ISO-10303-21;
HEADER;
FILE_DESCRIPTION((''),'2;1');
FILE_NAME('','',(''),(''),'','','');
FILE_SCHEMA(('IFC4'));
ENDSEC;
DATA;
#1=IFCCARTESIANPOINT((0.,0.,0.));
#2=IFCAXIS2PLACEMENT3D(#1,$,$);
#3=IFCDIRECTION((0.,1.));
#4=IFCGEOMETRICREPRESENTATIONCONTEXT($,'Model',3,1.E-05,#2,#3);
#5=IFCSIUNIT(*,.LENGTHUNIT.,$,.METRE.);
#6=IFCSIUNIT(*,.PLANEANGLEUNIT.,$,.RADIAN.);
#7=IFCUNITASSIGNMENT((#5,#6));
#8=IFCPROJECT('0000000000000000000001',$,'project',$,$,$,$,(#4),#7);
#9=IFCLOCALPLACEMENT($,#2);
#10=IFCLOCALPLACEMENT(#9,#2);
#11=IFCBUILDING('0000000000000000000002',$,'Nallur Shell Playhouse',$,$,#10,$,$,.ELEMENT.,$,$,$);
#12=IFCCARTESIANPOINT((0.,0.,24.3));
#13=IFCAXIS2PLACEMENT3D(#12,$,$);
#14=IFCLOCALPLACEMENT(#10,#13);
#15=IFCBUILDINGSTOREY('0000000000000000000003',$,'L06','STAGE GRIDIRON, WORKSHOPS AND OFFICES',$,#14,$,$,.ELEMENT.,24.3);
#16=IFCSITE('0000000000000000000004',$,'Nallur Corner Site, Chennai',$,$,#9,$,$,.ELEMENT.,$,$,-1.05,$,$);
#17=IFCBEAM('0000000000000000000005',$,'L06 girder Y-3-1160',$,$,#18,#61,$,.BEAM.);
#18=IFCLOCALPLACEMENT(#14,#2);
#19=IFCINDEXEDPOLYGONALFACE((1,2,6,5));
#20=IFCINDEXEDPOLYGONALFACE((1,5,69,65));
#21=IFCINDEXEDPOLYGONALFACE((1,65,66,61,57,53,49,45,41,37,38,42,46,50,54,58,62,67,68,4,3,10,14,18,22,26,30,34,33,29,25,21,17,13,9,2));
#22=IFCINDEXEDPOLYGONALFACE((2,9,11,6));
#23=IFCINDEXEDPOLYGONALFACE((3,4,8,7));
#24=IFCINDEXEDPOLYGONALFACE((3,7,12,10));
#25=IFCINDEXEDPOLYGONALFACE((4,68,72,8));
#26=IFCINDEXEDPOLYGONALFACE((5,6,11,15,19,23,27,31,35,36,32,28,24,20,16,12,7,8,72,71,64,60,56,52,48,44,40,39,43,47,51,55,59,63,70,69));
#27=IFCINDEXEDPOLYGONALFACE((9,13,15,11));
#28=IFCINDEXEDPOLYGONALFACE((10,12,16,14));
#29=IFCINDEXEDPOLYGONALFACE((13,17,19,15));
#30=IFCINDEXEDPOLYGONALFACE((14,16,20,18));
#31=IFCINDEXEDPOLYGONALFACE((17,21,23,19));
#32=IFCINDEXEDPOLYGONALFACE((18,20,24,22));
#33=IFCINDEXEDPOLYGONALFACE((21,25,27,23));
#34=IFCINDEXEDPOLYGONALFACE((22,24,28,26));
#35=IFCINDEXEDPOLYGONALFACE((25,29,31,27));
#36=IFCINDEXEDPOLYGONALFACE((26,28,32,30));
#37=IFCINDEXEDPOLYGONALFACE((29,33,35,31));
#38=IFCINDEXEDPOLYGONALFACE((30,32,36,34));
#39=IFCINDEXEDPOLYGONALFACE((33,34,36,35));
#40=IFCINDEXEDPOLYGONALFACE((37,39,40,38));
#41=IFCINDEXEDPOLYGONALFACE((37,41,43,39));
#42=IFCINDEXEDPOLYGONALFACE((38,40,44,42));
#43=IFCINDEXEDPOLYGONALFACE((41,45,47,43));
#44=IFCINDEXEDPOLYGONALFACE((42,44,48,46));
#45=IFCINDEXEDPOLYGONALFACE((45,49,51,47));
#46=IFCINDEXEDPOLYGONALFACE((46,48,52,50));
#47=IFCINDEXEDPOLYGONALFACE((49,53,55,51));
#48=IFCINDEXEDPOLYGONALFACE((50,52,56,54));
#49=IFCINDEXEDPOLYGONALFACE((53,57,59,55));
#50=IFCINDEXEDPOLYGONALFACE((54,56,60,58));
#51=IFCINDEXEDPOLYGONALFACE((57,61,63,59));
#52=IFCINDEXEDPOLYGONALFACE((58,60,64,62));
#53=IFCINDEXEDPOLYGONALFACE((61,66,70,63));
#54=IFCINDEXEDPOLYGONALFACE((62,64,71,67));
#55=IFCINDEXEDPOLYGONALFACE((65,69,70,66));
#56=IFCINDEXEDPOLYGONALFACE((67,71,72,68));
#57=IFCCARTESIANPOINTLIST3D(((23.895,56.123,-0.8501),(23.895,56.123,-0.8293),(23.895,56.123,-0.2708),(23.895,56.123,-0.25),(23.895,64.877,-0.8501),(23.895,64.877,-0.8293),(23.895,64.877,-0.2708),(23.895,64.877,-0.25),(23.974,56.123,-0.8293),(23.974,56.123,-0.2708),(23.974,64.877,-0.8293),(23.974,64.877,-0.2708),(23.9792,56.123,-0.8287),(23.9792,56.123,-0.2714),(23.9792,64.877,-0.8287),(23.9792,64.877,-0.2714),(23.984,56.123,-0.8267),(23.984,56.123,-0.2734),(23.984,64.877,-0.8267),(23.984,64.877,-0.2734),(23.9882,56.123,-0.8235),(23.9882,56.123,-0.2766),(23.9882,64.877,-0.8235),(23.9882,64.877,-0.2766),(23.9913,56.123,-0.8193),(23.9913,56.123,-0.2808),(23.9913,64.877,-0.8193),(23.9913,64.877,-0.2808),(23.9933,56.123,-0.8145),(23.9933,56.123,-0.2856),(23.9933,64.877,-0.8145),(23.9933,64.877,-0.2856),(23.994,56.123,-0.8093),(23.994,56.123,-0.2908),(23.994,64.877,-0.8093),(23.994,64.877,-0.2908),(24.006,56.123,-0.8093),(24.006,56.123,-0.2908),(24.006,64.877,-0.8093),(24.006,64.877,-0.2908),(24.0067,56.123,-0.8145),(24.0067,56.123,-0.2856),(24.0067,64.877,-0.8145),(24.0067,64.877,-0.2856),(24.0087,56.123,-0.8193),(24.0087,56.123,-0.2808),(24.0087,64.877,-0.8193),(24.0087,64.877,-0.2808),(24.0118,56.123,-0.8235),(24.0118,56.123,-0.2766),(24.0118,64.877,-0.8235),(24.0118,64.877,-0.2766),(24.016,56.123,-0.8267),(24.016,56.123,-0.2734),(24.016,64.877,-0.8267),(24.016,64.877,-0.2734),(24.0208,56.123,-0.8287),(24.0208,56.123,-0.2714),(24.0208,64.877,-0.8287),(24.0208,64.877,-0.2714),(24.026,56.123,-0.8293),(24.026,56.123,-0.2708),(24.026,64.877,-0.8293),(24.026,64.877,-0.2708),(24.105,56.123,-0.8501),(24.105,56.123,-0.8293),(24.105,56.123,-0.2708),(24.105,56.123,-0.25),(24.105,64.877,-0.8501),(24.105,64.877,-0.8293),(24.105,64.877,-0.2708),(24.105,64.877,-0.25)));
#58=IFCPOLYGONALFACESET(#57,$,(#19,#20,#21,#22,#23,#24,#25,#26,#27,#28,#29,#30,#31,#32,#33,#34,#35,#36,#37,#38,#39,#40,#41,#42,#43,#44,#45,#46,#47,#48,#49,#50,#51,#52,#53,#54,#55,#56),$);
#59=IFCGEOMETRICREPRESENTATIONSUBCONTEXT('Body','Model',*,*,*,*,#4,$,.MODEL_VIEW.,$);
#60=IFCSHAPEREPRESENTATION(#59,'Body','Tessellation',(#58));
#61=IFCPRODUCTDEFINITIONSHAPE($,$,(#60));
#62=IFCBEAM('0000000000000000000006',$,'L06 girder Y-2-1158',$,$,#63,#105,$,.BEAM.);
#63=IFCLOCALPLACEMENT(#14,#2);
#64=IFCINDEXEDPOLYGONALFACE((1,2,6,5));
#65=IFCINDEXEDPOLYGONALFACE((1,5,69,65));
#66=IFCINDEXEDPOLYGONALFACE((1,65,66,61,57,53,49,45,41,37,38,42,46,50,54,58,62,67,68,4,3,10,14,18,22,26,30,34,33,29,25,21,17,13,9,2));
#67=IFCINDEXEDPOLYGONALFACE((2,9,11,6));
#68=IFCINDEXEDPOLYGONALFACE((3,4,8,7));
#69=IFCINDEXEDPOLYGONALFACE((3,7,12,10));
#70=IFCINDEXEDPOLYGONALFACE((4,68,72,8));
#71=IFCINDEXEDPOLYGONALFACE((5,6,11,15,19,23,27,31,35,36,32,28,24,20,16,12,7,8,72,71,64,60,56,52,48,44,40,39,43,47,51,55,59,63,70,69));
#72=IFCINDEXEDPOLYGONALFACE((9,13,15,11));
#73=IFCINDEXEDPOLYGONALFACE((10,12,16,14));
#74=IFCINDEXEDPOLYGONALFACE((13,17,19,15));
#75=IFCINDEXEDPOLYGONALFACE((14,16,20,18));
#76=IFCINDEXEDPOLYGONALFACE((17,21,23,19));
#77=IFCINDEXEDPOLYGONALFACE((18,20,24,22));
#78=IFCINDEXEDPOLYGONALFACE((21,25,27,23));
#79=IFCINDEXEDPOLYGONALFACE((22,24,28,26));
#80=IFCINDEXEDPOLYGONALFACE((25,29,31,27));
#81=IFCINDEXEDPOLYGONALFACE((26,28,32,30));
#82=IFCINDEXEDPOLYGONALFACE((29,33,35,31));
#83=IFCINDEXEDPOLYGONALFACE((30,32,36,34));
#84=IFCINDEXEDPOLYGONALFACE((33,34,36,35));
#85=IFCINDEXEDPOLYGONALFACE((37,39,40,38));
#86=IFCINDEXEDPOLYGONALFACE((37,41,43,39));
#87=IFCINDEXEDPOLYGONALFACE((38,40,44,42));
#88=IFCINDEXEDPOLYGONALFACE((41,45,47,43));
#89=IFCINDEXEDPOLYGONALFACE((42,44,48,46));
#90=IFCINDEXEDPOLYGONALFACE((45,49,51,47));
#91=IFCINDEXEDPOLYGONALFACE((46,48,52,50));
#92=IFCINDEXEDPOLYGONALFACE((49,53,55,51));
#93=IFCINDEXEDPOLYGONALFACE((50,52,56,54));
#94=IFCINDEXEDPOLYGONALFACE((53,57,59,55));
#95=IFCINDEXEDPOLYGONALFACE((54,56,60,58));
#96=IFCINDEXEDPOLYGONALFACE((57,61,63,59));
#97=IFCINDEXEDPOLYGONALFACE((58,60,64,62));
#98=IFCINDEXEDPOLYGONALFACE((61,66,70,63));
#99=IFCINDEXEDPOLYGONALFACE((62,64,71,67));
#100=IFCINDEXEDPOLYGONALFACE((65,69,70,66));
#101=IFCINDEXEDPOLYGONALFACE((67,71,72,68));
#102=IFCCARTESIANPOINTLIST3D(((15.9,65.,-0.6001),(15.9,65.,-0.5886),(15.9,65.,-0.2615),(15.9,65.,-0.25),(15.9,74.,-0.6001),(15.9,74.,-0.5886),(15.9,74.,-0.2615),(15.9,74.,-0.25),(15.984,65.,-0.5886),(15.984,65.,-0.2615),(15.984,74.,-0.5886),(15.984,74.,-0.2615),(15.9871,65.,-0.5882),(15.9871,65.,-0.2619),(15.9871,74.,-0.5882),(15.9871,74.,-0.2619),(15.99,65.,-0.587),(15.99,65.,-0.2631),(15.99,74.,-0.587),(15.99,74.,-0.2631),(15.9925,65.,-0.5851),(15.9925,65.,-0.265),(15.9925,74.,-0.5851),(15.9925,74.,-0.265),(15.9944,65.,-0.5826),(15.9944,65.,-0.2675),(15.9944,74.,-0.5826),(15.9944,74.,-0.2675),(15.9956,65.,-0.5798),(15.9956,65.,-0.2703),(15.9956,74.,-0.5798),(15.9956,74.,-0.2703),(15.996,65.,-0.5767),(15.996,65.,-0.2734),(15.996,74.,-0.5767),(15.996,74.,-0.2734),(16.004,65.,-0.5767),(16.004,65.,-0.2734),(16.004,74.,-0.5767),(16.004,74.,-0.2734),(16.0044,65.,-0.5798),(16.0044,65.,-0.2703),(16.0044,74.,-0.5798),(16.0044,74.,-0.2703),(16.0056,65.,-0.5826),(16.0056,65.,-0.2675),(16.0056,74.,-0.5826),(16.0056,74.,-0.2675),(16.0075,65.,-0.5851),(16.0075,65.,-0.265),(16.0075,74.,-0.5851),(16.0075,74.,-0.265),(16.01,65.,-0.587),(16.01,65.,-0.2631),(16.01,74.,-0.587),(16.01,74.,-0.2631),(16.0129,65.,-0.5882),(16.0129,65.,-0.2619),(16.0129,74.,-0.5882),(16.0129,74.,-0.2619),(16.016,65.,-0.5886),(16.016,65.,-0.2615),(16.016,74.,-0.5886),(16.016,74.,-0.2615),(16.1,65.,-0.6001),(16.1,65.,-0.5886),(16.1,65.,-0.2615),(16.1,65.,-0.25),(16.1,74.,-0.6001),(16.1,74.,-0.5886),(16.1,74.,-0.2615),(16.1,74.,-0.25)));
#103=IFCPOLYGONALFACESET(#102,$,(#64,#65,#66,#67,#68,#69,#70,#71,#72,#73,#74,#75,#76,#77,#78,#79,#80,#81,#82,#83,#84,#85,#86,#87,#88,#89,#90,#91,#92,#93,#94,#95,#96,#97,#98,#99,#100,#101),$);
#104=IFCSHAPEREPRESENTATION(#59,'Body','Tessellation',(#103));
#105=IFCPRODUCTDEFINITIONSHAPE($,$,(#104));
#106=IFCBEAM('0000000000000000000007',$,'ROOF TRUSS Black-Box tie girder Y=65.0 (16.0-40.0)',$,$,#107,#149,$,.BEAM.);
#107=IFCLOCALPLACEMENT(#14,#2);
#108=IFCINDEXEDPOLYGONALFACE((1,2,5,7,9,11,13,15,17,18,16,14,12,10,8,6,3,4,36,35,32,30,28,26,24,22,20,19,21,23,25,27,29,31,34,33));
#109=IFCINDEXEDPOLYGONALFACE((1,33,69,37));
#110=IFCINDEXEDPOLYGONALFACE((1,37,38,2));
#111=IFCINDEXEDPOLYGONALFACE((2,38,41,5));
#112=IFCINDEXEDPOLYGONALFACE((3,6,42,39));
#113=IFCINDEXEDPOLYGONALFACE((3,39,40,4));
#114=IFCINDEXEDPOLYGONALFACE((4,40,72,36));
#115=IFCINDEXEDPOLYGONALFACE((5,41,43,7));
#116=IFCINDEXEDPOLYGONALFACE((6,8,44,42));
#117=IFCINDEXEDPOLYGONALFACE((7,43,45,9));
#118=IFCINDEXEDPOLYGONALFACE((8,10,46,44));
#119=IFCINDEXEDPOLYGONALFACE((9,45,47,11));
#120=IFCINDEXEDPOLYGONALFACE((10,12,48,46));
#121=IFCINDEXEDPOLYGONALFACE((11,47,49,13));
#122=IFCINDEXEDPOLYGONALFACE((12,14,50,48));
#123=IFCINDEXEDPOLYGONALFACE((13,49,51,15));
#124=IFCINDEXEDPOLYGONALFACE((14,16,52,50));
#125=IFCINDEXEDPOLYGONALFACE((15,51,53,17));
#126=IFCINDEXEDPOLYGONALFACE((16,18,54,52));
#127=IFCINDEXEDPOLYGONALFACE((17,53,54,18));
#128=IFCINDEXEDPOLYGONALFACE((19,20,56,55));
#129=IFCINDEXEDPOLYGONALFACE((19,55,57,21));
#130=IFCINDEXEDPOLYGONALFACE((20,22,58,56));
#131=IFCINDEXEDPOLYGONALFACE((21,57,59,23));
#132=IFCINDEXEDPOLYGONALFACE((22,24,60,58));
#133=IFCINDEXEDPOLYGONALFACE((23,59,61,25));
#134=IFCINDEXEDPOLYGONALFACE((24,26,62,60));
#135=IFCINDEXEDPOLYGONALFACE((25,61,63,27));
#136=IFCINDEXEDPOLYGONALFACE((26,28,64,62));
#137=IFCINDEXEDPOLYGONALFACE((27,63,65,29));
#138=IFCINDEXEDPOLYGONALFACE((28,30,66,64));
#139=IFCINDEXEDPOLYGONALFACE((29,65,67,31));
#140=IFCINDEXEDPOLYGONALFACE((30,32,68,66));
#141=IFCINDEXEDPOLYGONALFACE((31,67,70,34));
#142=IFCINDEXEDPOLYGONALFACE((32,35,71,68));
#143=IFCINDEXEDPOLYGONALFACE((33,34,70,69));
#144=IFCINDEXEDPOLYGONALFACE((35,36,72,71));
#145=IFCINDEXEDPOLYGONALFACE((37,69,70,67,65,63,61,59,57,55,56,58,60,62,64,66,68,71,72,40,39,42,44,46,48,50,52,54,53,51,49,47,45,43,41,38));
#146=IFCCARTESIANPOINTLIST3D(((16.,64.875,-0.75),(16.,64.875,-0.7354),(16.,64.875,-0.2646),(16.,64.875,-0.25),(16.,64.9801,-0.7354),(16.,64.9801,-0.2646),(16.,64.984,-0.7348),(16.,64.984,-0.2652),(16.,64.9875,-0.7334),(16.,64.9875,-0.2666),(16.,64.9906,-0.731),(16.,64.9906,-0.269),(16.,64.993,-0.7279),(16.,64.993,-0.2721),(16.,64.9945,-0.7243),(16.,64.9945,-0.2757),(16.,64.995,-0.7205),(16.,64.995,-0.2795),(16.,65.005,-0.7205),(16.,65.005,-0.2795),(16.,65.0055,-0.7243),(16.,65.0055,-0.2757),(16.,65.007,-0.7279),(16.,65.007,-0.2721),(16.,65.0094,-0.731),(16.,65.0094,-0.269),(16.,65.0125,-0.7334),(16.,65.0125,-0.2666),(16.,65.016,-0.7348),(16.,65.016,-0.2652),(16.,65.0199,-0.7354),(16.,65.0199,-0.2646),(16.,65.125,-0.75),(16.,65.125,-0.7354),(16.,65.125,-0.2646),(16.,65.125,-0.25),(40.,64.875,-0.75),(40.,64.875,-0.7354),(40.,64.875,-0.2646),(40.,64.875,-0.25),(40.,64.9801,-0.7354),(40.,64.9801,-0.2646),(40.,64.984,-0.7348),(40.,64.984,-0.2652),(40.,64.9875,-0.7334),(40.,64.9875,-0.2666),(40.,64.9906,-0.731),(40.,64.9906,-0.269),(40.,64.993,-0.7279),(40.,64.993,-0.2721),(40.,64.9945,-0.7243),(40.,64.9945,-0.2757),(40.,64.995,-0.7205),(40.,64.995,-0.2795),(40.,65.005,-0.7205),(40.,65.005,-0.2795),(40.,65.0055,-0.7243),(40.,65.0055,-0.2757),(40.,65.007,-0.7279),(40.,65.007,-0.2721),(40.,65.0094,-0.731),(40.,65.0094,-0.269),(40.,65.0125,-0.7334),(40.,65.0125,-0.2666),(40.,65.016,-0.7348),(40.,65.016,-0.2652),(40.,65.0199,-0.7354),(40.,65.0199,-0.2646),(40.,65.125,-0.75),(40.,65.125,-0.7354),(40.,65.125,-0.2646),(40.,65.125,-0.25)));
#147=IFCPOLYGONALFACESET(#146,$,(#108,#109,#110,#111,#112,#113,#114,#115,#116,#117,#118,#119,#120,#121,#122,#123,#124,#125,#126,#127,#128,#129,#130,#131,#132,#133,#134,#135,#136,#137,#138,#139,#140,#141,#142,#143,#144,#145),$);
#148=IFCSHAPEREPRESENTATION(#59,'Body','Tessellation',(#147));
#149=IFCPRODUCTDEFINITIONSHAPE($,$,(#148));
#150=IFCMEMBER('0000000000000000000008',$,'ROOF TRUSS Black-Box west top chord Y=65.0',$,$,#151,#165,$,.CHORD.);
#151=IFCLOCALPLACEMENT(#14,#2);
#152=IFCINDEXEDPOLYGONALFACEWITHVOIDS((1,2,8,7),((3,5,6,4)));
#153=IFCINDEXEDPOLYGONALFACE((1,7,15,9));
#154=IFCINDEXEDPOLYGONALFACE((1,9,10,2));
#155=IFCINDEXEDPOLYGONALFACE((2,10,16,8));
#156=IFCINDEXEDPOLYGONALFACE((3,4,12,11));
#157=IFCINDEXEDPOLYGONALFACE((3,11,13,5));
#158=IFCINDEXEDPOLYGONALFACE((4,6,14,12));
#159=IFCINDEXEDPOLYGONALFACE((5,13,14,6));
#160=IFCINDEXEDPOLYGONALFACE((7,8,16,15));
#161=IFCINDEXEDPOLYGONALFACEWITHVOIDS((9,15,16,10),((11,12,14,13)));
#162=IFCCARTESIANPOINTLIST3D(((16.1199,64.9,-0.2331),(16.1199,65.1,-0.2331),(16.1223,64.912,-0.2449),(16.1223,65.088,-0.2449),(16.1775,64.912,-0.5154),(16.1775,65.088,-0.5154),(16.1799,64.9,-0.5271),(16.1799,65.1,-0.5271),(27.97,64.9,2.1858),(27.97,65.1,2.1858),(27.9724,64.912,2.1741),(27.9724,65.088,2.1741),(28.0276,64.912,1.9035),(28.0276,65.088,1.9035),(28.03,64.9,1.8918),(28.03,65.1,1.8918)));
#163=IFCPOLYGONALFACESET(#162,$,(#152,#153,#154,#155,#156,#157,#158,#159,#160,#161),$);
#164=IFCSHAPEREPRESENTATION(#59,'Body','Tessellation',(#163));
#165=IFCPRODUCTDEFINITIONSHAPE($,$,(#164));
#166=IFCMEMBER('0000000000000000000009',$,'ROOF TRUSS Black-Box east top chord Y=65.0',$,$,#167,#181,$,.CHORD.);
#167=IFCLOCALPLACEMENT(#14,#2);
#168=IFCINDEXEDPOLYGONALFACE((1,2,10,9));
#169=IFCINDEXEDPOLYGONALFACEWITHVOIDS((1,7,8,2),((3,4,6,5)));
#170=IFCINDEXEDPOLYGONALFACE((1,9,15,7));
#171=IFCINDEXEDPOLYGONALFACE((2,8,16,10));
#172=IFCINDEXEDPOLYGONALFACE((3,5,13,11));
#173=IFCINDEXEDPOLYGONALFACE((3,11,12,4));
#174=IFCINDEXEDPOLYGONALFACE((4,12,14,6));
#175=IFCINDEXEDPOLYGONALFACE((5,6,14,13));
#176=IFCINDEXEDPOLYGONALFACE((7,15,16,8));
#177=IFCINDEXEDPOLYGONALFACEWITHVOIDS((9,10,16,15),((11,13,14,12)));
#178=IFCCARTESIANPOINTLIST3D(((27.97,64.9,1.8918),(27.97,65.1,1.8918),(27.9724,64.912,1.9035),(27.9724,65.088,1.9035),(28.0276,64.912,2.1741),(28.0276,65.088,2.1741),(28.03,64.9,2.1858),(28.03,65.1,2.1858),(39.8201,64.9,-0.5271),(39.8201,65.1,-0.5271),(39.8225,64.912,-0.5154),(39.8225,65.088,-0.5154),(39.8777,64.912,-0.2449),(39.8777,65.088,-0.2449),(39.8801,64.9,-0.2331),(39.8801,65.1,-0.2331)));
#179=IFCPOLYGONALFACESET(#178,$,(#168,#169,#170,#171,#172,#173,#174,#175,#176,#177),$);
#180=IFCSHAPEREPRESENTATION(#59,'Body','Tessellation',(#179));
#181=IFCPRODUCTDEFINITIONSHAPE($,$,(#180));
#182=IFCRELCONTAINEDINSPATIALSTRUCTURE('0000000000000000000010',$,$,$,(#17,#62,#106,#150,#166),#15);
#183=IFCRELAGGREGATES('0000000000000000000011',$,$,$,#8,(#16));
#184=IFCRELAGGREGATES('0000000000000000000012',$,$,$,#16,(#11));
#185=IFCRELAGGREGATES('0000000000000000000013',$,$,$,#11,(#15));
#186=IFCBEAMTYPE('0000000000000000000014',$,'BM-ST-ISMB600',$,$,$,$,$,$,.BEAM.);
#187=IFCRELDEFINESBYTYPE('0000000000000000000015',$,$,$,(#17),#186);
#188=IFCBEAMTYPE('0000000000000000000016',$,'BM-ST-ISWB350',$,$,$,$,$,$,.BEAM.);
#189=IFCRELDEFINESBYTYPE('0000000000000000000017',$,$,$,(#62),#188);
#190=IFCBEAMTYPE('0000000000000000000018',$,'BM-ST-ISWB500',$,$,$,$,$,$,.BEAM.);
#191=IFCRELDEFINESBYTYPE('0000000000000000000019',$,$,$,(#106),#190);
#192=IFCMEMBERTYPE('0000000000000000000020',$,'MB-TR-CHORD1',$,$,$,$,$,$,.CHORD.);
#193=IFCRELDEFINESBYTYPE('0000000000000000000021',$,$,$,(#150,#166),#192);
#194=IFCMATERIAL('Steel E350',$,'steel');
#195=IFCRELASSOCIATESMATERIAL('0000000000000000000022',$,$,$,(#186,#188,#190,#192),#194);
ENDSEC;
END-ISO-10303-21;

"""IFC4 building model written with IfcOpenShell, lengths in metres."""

from ifc_helpers import new_model, si_unit, direction, frame, origin, origin_2d, place, context, subcontext, project, spatial, hollow_rectangle, i_section, extrude, material, material_profile, profile_set, type_object, element, save


model = new_model("IFC4")

# Units and contexts
model_context = context("Model", 3, precision=1e-05, world=origin(), true_north=direction((0.0, 1.0)))
body_context = subcontext(model_context, "Body", "Model", "MODEL_VIEW")
ifc_project = project(units=[si_unit("LENGTHUNIT", "METRE"), si_unit("PLANEANGLEUNIT", "RADIAN")], contexts=[model_context])

# Site, building, storey
site_placement = place(None, origin())
site = spatial("IfcSite", under=ifc_project, at=site_placement, Name="Nallur Corner Site, Chennai", CompositionType="ELEMENT", RefElevation=-1.05)
building_placement = place(site_placement, origin())
building = spatial("IfcBuilding", under=site, at=building_placement, Name="Nallur Shell Playhouse", CompositionType="ELEMENT")
storey_placement = place(building_placement, frame((0.0, 0.0, 24.3)))
storey = spatial("IfcBuildingStorey", under=building, at=storey_placement, Name="L06", Description="STAGE GRIDIRON, WORKSHOPS AND OFFICES", CompositionType="ELEMENT", Elevation=24.3)

# Beams
ifc_material_1 = material(Name="Steel E350", Category="steel")
ifc_material_profile_1 = material_profile(ifc_material_1, i_section(OverallWidth=0.21, OverallDepth=0.6001, WebThickness=0.012, FlangeThickness=0.0208, FilletRadius=0.02, at=origin_2d()), Name="ISMB 600")
ifc_profile_set_1 = profile_set([ifc_material_profile_1], Name="Steel E350")
beam_type_1 = type_object("IfcBeamType", Name="BM-ST-ISMB600", PredefinedType="BEAM", material=ifc_profile_set_1)
beam_1_placement = place(storey_placement, frame((24.0, 56.123, -0.55), z_axis=(0.0, 1.0, 0.0), x_axis=(-1.0, 0.0, 0.0)))
element("IfcBeam", 1, at=beam_1_placement, inside=storey, type_object=beam_type_1, Name="L06 girder Y-3-1160", PredefinedType="BEAM", context=body_context, shape_type="SweptSolid", body=[
    extrude(i_section(OverallWidth=0.21, OverallDepth=0.6001, WebThickness=0.012, FlangeThickness=0.0208, FilletRadius=0.02, at=origin_2d()), origin(), (0.0, 0.0, 1.0), 8.7539),
])
ifc_material_profile_2 = material_profile(ifc_material_1, i_section(OverallWidth=0.2, OverallDepth=0.3501, WebThickness=0.0081, FlangeThickness=0.0115, FilletRadius=0.012, at=origin_2d()), Name="ISWB 350")
ifc_profile_set_2 = profile_set([ifc_material_profile_2], Name="Steel E350")
beam_type_2 = type_object("IfcBeamType", Name="BM-ST-ISWB350", PredefinedType="BEAM", material=ifc_profile_set_2)
beam_2_placement = place(storey_placement, frame((16.0, 65.0, -0.425), z_axis=(0.0, 1.0, 0.0), x_axis=(-1.0, 0.0, 0.0)))
element("IfcBeam", 2, at=beam_2_placement, inside=storey, type_object=beam_type_2, Name="L06 girder Y-2-1158", PredefinedType="BEAM", context=body_context, shape_type="SweptSolid", body=[
    extrude(i_section(OverallWidth=0.2, OverallDepth=0.3501, WebThickness=0.0081, FlangeThickness=0.0115, FilletRadius=0.012, at=origin_2d()), origin(), (0.0, 0.0, 1.0), 9.0),
])
ifc_material_profile_3 = material_profile(ifc_material_1, i_section(OverallWidth=0.25, OverallDepth=0.5, WebThickness=0.01, FlangeThickness=0.0146, FilletRadius=0.0149, at=origin_2d()), Name="ISWB 500")
ifc_profile_set_3 = profile_set([ifc_material_profile_3], Name="Steel E350")
beam_type_3 = type_object("IfcBeamType", Name="BM-ST-ISWB500", PredefinedType="BEAM", material=ifc_profile_set_3)
beam_3_placement = place(storey_placement, frame((16.0, 65.0, -0.5), z_axis=(1.0, 0.0, 0.0), x_axis=(0.0, 1.0, 0.0)))
element("IfcBeam", 3, at=beam_3_placement, inside=storey, type_object=beam_type_3, Name="ROOF TRUSS Black-Box tie girder Y=65.0 (16.0-40.0)", PredefinedType="BEAM", context=body_context, shape_type="SweptSolid", body=[
    extrude(i_section(OverallWidth=0.25, OverallDepth=0.5, WebThickness=0.01, FlangeThickness=0.0146, FilletRadius=0.0149, at=origin_2d()), origin(), (0.0, 0.0, 1.0), 24.0),
])

# Members
ifc_material_profile_4 = material_profile(ifc_material_1, hollow_rectangle(XDim=0.2, YDim=0.3, WallThickness=0.012, at=origin_2d()), Name="RHS 300x200x12")
ifc_profile_set_4 = profile_set([ifc_material_profile_4], Name="Steel E350")
member_type_1 = type_object("IfcMemberType", Name="MB-TR-CHORD1", PredefinedType="CHORD", material=ifc_profile_set_4)
for number, where, z_axis, x_axis, name in (
    (4, (16.1499, 65.0, -0.3801), (0.979795, 0.0, 0.200004), (0.0, 1.0, 0.0), "ROOF TRUSS Black-Box west top chord Y=65.0"),
    (5, (28.0, 65.0, 2.0388), (0.979795, 0.0, -0.200004), (0.0, 1.0, 0.0), "ROOF TRUSS Black-Box east top chord Y=65.0"),
):
    element("IfcMember", number, at=place(storey_placement, frame(where, z_axis=z_axis, x_axis=x_axis)), inside=storey, type_object=member_type_1, Name=name, PredefinedType="CHORD", context=body_context, shape_type="SweptSolid", body=[
        extrude(hollow_rectangle(XDim=0.2, YDim=0.3, WallThickness=0.012, at=origin_2d()), origin(), (0.0, 0.0, 1.0), 12.0945),
    ])

save(model, "model.ifc")
